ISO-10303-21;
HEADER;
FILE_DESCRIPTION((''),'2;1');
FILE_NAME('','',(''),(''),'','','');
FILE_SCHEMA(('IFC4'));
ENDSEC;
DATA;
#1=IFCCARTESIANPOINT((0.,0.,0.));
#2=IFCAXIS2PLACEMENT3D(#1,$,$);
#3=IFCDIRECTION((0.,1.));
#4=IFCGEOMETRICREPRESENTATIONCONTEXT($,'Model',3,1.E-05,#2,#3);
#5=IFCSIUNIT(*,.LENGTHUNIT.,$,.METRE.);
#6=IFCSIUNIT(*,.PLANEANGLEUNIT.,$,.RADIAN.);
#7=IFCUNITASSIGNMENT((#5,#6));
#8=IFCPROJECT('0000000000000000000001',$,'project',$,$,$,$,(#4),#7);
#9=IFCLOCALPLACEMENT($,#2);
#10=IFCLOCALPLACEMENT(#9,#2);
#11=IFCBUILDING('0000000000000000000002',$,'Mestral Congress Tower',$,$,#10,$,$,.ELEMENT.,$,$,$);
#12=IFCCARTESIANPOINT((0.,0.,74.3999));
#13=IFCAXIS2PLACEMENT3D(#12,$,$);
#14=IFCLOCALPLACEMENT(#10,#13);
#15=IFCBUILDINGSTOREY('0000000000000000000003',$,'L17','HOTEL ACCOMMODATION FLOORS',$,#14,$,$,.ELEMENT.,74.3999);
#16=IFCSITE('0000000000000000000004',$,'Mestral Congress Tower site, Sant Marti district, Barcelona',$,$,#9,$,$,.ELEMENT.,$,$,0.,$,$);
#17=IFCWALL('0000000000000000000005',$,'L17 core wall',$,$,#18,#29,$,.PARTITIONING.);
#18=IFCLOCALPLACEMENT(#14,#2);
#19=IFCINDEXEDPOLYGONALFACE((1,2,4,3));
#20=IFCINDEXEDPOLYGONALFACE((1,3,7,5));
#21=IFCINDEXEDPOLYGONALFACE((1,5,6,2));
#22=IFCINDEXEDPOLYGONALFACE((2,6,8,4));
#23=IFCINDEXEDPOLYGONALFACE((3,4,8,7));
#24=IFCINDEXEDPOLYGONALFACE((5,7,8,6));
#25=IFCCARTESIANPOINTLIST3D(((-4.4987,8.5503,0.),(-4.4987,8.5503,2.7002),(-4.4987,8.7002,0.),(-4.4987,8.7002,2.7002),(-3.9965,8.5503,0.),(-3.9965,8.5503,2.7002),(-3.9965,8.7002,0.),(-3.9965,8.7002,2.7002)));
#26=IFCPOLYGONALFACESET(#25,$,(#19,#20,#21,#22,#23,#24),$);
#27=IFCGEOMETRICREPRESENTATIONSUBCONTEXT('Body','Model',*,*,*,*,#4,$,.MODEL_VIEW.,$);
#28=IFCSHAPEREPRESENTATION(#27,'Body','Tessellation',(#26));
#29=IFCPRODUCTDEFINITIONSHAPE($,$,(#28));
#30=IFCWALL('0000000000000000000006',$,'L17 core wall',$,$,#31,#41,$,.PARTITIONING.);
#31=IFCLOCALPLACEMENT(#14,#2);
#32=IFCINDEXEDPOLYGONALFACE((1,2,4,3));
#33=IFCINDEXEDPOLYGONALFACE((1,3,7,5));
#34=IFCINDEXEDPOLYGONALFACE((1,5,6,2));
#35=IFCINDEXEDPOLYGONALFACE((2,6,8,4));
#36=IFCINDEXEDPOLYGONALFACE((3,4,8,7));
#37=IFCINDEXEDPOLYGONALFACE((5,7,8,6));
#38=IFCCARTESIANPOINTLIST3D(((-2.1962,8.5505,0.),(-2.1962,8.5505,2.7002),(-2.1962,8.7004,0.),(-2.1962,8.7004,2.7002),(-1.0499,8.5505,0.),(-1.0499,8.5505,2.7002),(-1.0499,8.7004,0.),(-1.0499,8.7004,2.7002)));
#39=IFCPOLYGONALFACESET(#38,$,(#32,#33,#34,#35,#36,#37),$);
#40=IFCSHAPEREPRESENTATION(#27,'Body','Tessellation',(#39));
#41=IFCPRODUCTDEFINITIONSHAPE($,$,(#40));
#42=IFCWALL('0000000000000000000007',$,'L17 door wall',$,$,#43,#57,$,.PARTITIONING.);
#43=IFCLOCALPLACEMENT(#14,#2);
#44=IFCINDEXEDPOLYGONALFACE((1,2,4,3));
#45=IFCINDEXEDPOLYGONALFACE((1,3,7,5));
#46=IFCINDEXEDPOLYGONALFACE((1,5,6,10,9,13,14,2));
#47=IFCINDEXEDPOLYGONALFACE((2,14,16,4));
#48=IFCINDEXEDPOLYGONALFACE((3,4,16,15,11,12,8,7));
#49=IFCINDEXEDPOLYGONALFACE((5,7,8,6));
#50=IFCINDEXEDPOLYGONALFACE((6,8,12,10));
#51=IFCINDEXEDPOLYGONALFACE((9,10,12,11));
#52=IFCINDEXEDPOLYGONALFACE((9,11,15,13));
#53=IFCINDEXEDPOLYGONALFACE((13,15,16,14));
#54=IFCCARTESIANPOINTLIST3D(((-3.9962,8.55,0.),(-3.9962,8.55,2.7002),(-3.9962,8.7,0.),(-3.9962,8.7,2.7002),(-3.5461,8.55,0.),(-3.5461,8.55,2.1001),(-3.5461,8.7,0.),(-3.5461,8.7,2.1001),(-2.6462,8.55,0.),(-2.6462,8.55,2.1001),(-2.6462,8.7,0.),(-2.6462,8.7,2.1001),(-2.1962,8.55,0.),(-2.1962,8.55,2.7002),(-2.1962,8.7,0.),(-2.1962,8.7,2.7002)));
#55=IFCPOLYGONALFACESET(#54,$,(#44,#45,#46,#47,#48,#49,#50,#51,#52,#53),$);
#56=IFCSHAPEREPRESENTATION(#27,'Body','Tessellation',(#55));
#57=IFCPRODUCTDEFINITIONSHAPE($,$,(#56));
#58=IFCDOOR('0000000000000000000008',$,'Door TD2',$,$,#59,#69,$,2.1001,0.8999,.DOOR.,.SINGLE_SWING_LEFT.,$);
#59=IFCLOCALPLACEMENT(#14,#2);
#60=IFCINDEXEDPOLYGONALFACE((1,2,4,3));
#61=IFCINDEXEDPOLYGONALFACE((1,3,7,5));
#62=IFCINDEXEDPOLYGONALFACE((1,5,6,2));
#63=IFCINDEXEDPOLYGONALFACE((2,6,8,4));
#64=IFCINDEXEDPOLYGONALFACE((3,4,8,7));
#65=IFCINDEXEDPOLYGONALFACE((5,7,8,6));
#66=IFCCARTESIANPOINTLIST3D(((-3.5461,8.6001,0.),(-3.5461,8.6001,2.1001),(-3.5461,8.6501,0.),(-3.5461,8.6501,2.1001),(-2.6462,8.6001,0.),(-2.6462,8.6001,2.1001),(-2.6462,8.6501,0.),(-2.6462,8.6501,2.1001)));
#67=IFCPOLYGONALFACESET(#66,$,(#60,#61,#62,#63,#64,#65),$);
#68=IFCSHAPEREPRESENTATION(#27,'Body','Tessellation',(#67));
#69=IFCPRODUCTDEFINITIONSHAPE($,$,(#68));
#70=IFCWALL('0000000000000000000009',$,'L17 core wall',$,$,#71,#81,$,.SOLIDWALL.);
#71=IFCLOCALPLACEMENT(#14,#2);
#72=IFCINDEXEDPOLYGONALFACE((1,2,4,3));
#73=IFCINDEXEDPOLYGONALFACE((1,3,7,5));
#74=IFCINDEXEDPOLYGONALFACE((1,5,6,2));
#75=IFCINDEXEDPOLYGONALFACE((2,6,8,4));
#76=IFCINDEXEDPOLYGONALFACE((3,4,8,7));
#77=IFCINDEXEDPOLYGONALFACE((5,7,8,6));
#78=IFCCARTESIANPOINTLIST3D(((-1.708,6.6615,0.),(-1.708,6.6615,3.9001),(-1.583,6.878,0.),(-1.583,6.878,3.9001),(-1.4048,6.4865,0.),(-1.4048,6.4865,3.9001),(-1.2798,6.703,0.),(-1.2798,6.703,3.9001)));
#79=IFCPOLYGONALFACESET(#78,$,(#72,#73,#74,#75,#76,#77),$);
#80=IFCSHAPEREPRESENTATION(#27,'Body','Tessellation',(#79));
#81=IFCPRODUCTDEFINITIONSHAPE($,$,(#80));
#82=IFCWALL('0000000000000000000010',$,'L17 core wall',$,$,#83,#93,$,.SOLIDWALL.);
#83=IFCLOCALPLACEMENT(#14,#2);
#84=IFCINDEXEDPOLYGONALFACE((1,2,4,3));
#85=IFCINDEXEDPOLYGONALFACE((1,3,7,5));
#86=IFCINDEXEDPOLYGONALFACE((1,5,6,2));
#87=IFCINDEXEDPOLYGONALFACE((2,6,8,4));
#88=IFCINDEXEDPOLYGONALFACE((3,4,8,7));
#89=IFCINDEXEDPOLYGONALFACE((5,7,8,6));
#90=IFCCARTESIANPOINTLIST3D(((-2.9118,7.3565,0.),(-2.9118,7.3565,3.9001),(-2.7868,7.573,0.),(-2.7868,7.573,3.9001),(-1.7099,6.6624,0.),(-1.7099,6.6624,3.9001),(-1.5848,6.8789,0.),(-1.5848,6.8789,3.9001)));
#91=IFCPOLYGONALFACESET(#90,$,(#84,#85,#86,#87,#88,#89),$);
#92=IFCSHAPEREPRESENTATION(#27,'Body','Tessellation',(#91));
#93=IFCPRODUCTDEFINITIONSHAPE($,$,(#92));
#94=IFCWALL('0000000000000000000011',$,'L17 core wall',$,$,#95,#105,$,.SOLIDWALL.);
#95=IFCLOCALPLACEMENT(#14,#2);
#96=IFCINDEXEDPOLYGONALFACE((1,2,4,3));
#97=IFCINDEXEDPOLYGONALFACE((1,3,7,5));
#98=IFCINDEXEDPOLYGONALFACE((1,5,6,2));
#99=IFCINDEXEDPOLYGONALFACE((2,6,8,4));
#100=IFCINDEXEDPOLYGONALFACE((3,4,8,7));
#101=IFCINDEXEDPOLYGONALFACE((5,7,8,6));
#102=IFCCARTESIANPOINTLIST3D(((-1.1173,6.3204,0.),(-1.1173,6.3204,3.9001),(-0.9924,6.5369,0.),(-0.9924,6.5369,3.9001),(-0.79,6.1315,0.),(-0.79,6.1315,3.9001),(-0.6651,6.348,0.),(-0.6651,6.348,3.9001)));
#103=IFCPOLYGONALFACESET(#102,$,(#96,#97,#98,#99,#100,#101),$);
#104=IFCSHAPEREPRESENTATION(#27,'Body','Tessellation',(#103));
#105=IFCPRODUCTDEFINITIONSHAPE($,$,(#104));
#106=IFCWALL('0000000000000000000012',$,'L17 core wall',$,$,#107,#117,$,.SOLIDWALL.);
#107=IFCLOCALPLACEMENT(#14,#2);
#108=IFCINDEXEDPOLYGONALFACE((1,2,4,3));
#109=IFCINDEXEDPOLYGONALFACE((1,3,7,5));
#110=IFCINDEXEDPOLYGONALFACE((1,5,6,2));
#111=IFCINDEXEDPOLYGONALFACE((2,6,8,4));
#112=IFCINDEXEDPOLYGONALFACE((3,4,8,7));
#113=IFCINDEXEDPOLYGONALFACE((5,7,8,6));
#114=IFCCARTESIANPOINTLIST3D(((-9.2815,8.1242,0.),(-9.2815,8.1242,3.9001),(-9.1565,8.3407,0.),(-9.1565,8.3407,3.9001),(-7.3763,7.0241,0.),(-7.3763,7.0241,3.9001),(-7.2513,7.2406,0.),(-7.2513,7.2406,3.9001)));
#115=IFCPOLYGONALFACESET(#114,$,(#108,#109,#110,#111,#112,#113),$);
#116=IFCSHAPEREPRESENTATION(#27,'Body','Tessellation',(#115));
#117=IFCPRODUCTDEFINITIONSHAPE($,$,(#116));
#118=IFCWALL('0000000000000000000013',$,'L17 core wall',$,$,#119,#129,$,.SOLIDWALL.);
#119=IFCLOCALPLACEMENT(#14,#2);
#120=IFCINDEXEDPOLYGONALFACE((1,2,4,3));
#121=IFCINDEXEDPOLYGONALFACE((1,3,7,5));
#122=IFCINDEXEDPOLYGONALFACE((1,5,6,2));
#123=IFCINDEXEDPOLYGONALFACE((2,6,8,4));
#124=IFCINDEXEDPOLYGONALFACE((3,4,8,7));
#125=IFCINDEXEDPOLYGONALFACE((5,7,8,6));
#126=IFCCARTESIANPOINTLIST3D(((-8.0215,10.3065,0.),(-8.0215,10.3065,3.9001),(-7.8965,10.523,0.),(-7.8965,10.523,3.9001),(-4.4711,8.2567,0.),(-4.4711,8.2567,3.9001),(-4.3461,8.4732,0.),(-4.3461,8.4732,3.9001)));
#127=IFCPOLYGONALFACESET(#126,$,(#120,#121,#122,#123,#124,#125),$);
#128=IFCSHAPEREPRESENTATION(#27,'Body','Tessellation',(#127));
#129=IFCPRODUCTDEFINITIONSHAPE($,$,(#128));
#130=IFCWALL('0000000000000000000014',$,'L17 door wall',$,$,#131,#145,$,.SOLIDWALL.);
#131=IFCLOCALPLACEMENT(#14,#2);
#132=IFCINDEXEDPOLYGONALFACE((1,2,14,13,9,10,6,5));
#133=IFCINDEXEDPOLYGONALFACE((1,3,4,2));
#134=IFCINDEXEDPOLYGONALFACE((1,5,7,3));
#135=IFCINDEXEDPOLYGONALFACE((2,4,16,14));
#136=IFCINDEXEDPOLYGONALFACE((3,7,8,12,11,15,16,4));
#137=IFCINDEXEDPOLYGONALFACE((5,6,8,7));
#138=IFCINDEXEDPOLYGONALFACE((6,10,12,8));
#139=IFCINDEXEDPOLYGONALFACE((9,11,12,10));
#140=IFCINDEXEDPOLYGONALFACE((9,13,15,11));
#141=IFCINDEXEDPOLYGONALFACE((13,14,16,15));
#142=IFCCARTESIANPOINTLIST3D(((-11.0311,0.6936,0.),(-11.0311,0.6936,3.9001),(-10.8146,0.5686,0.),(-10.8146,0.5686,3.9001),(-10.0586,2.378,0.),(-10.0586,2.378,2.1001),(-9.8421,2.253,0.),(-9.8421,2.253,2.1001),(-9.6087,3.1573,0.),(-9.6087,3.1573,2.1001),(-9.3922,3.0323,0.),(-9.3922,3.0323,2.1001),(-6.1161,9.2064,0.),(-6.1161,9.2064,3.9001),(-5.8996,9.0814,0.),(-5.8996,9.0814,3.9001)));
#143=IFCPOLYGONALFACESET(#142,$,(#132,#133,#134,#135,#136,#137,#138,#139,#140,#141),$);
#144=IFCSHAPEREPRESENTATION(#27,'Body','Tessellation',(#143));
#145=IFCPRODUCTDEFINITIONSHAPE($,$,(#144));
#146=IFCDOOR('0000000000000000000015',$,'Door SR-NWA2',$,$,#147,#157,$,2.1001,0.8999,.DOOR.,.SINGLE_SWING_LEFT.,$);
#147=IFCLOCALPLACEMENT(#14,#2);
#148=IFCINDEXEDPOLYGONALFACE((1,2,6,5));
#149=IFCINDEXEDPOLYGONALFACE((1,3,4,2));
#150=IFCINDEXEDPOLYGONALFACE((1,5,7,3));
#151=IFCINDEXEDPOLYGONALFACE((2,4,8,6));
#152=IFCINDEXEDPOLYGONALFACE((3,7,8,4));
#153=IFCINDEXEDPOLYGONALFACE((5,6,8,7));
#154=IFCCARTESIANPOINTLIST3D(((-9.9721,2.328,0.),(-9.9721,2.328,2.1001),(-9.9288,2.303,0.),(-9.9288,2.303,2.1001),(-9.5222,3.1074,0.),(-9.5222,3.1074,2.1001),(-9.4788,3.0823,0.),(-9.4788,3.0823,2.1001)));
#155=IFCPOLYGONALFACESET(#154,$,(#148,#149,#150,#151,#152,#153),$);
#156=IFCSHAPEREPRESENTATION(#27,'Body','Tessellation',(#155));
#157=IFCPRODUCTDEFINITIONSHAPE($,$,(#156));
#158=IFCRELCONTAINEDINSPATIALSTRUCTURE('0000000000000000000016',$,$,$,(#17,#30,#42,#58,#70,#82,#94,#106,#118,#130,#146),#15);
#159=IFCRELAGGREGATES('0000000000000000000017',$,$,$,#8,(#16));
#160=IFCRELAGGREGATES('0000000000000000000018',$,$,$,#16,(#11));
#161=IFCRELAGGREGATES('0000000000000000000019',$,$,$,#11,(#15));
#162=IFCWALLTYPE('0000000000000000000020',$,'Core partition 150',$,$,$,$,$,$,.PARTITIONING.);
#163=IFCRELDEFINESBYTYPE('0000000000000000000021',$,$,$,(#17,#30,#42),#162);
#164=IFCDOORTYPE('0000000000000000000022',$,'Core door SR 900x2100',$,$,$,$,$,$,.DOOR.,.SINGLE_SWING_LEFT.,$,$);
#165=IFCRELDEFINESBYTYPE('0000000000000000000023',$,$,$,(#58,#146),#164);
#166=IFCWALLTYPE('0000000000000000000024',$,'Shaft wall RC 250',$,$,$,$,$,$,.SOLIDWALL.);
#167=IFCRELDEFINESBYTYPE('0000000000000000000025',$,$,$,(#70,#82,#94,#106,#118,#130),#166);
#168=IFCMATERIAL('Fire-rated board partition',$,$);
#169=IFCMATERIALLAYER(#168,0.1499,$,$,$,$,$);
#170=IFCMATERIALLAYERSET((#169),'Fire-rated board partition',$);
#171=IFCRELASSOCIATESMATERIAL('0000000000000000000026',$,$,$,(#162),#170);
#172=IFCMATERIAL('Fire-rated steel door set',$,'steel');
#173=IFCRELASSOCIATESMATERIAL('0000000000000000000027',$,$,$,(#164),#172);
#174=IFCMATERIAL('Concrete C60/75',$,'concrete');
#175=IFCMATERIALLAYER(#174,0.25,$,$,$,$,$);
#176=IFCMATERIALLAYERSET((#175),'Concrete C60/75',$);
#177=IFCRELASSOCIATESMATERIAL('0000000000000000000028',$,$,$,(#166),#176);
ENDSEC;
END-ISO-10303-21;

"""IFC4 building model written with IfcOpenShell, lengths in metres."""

from ifc_helpers import new_model, si_unit, direction, frame, frame_2d, origin, place, context, subcontext, project, spatial, rectangle, extrude, material, layer, layer_set, type_object, element, fill, save


model = new_model("IFC4")

# Units and contexts
model_context = context("Model", 3, precision=1e-05, world=origin(), true_north=direction((0.0, 1.0)))
body_context = subcontext(model_context, "Body", "Model", "MODEL_VIEW")
ifc_project = project(units=[si_unit("LENGTHUNIT", "METRE"), si_unit("PLANEANGLEUNIT", "RADIAN")], contexts=[model_context])

# Site, building, storey
site_placement = place(None, origin())
site = spatial("IfcSite", under=ifc_project, at=site_placement, Name="Mestral Congress Tower site, Sant Marti district, Barcelona", CompositionType="ELEMENT", RefElevation=0.0)
building_placement = place(site_placement, origin())
building = spatial("IfcBuilding", under=site, at=building_placement, Name="Mestral Congress Tower", CompositionType="ELEMENT")
storey_placement = place(building_placement, frame((0.0, 0.0, 74.3999)))
storey = spatial("IfcBuildingStorey", under=building, at=storey_placement, Name="L17", Description="HOTEL ACCOMMODATION FLOORS", CompositionType="ELEMENT", Elevation=74.3999)

# Walls
ifc_material_1 = material(Name="Fire-rated board partition")
ifc_layer_1 = layer(ifc_material_1, 0.1499)
ifc_layer_set_1 = layer_set([ifc_layer_1], Name="Fire-rated board partition")
wall_type_1 = type_object("IfcWallType", Name="Core partition 150", PredefinedType="PARTITIONING", material=ifc_layer_set_1)
wall_1_placement = place(storey_placement, frame((-3.9966, 8.6252, 0.0), z_axis=(0.0, 0.0, 1.0), x_axis=(-1.0, 0.0, 0.0)))
element("IfcWall", 1, at=wall_1_placement, inside=storey, type_object=wall_type_1, Name="L17 core wall", PredefinedType="PARTITIONING", context=body_context, shape_type="SweptSolid", body=[
    extrude(rectangle(XDim=0.5022, YDim=0.1499, at=frame_2d((0.251, 0.0))), origin(), (0.0, 0.0, 1.0), 2.7002),
])
wall_2_placement = place(storey_placement, frame((-2.1963, 8.6255, 0.0), z_axis=(0.0, 0.0, 1.0), x_axis=(1.0, 0.0, 0.0)))
element("IfcWall", 2, at=wall_2_placement, inside=storey, type_object=wall_type_1, Name="L17 core wall", PredefinedType="PARTITIONING", context=body_context, shape_type="SweptSolid", body=[
    extrude(rectangle(XDim=1.1462, YDim=0.1499, at=frame_2d((0.5732, 0.0))), origin(), (0.0, 0.0, 1.0), 2.7002),
])

# Wall, opening, door
wall_3_placement = place(storey_placement, frame((-2.1963, 8.625, 0.0), z_axis=(0.0, 0.0, 1.0), x_axis=(-1.0, 0.0, 0.0)))
wall_3 = element("IfcWall", 3, at=wall_3_placement, inside=storey, type_object=wall_type_1, Name="L17 door wall", PredefinedType="PARTITIONING", context=body_context, shape_type="SweptSolid", body=[
    extrude(rectangle(XDim=1.8, YDim=0.1499, at=frame_2d((0.8999, 0.0))), origin(), (0.0, 0.0, 1.0), 2.7002),
])
opening_1_placement = place(wall_3_placement, frame((0.45, 0.0, 0.0)))
opening_1 = element("IfcOpeningElement", 4, at=opening_1_placement, cuts=wall_3, PredefinedType="OPENING", context=body_context, shape_type="SweptSolid", body=[
    extrude(rectangle(XDim=0.8999, YDim=2.1001, at=frame_2d((0.45, 1.05))), frame((0.0, 0.085, 0.0), z_axis=(0.0, -1.0, 0.0), x_axis=(1.0, 0.0, 0.0)), (0.0, 0.0, 1.0), 0.1699),
])
ifc_material_2 = material(Name="Fire-rated steel door set", Category="steel")
door_type_1 = type_object("IfcDoorType", Name="Core door SR 900x2100", OperationType="SINGLE_SWING_LEFT", PredefinedType="DOOR", material=ifc_material_2)
door_1_placement = place(opening_1_placement, origin())
door_1 = element("IfcDoor", 5, at=door_1_placement, inside=storey, type_object=door_type_1, Name="Door TD2", OperationType="SINGLE_SWING_LEFT", OverallHeight=2.1001, OverallWidth=0.8999, PredefinedType="DOOR", context=body_context, shape_type="SweptSolid", body=[
    extrude(rectangle(XDim=0.8999, YDim=2.1001, at=frame_2d((0.45, 1.05))), frame((0.0, 0.0249, 0.0), z_axis=(0.0, -1.0, 0.0), x_axis=(1.0, 0.0, 0.0)), (0.0, 0.0, 1.0), 0.05),
])
fill(opening_1, door_1)

# Walls
ifc_material_3 = material(Name="Concrete C60/75", Category="concrete")
ifc_layer_2 = layer(ifc_material_3, 0.25)
ifc_layer_set_2 = layer_set([ifc_layer_2], Name="Concrete C60/75")
wall_type_2 = type_object("IfcWallType", Name="Shaft wall RC 250", PredefinedType="SOLIDWALL", material=ifc_layer_set_2)
wall_4_placement = place(storey_placement, frame((-1.3423, 6.5947, 0.0), z_axis=(0.0, 0.0, 1.0), x_axis=(-0.866046, 0.499964, 0.0)))
element("IfcWall", 6, at=wall_4_placement, inside=storey, type_object=wall_type_2, Name="L17 core wall", PredefinedType="SOLIDWALL", context=body_context, shape_type="SweptSolid", body=[
    extrude(rectangle(XDim=0.3501, YDim=0.25, at=frame_2d((0.175, 0.0))), origin(), (0.0, 0.0, 1.0), 3.9001),
])
wall_5_placement = place(storey_placement, frame((-1.6475, 6.7708, 0.0), z_axis=(0.0, 0.0, 1.0), x_axis=(-0.865972, 0.500093, 0.0)))
element("IfcWall", 7, at=wall_5_placement, inside=storey, type_object=wall_type_2, Name="L17 core wall", PredefinedType="SOLIDWALL", context=body_context, shape_type="SweptSolid", body=[
    extrude(rectangle(XDim=1.3879, YDim=0.25, at=frame_2d((0.6938, 0.0))), origin(), (0.0, 0.0, 1.0), 3.9001),
])
wall_6_placement = place(storey_placement, frame((-0.7275, 6.2397, 0.0), z_axis=(0.0, 0.0, 1.0), x_axis=(-0.866089, 0.49989, 0.0)))
element("IfcWall", 8, at=wall_6_placement, inside=storey, type_object=wall_type_2, Name="L17 core wall", PredefinedType="SOLIDWALL", context=body_context, shape_type="SweptSolid", body=[
    extrude(rectangle(XDim=0.3779, YDim=0.25, at=frame_2d((0.189, 0.0))), origin(), (0.0, 0.0, 1.0), 3.9001),
])
wall_7_placement = place(storey_placement, frame((-7.3137, 7.1323, 0.0), z_axis=(0.0, 0.0, 1.0), x_axis=(-0.866008, 0.50003, 0.0)))
element("IfcWall", 9, at=wall_7_placement, inside=storey, type_object=wall_type_2, Name="L17 core wall", PredefinedType="SOLIDWALL", context=body_context, shape_type="SweptSolid", body=[
    extrude(rectangle(XDim=2.2, YDim=0.25, at=frame_2d((1.1001, 0.0))), origin(), (0.0, 0.0, 1.0), 3.9001),
])
wall_8_placement = place(storey_placement, frame((-7.959, 10.4148, 0.0), z_axis=(0.0, 0.0, 1.0), x_axis=(0.866021, -0.500008, 0.0)))
element("IfcWall", 10, at=wall_8_placement, inside=storey, type_object=wall_type_2, Name="L17 core wall", PredefinedType="SOLIDWALL", context=body_context, shape_type="SweptSolid", body=[
    extrude(rectangle(XDim=4.0996, YDim=0.25, at=frame_2d((2.0498, 0.0))), origin(), (0.0, 0.0, 1.0), 3.9001),
])

# Wall, opening, door
wall_9_placement = place(storey_placement, frame((-6.0078, 9.144, 0.0), z_axis=(0.0, 0.0, 1.0), x_axis=(-0.500007, -0.866021, 0.0)))
wall_9 = element("IfcWall", 11, at=wall_9_placement, inside=storey, type_object=wall_type_2, Name="L17 door wall", PredefinedType="SOLIDWALL", context=body_context, shape_type="SweptSolid", body=[
    extrude(rectangle(XDim=9.8298, YDim=0.25, at=frame_2d((4.915, 0.0))), origin(), (0.0, 0.0, 1.0), 3.9001),
])
opening_2_placement = place(wall_9_placement, frame((6.9851, 0.0, 0.0)))
opening_2 = element("IfcOpeningElement", 12, at=opening_2_placement, cuts=wall_9, PredefinedType="OPENING", context=body_context, shape_type="SweptSolid", body=[
    extrude(rectangle(XDim=0.8999, YDim=2.1001, at=frame_2d((0.45, 1.05))), frame((0.0, 0.135, 0.0), z_axis=(0.0, -1.0, 0.0), x_axis=(1.0, 0.0, 0.0)), (0.0, 0.0, 1.0), 0.27),
])
door_2_placement = place(opening_2_placement, origin())
door_2 = element("IfcDoor", 13, at=door_2_placement, inside=storey, type_object=door_type_1, Name="Door SR-NWA2", OperationType="SINGLE_SWING_LEFT", OverallHeight=2.1001, OverallWidth=0.8999, PredefinedType="DOOR", context=body_context, shape_type="SweptSolid", body=[
    extrude(rectangle(XDim=0.8999, YDim=2.1001, at=frame_2d((0.45, 1.05))), frame((0.0, 0.0249, 0.0), z_axis=(0.0, -1.0, 0.0), x_axis=(1.0, 0.0, 0.0)), (0.0, 0.0, 1.0), 0.05),
])
fill(opening_2, door_2)

save(model, "model.ifc")
